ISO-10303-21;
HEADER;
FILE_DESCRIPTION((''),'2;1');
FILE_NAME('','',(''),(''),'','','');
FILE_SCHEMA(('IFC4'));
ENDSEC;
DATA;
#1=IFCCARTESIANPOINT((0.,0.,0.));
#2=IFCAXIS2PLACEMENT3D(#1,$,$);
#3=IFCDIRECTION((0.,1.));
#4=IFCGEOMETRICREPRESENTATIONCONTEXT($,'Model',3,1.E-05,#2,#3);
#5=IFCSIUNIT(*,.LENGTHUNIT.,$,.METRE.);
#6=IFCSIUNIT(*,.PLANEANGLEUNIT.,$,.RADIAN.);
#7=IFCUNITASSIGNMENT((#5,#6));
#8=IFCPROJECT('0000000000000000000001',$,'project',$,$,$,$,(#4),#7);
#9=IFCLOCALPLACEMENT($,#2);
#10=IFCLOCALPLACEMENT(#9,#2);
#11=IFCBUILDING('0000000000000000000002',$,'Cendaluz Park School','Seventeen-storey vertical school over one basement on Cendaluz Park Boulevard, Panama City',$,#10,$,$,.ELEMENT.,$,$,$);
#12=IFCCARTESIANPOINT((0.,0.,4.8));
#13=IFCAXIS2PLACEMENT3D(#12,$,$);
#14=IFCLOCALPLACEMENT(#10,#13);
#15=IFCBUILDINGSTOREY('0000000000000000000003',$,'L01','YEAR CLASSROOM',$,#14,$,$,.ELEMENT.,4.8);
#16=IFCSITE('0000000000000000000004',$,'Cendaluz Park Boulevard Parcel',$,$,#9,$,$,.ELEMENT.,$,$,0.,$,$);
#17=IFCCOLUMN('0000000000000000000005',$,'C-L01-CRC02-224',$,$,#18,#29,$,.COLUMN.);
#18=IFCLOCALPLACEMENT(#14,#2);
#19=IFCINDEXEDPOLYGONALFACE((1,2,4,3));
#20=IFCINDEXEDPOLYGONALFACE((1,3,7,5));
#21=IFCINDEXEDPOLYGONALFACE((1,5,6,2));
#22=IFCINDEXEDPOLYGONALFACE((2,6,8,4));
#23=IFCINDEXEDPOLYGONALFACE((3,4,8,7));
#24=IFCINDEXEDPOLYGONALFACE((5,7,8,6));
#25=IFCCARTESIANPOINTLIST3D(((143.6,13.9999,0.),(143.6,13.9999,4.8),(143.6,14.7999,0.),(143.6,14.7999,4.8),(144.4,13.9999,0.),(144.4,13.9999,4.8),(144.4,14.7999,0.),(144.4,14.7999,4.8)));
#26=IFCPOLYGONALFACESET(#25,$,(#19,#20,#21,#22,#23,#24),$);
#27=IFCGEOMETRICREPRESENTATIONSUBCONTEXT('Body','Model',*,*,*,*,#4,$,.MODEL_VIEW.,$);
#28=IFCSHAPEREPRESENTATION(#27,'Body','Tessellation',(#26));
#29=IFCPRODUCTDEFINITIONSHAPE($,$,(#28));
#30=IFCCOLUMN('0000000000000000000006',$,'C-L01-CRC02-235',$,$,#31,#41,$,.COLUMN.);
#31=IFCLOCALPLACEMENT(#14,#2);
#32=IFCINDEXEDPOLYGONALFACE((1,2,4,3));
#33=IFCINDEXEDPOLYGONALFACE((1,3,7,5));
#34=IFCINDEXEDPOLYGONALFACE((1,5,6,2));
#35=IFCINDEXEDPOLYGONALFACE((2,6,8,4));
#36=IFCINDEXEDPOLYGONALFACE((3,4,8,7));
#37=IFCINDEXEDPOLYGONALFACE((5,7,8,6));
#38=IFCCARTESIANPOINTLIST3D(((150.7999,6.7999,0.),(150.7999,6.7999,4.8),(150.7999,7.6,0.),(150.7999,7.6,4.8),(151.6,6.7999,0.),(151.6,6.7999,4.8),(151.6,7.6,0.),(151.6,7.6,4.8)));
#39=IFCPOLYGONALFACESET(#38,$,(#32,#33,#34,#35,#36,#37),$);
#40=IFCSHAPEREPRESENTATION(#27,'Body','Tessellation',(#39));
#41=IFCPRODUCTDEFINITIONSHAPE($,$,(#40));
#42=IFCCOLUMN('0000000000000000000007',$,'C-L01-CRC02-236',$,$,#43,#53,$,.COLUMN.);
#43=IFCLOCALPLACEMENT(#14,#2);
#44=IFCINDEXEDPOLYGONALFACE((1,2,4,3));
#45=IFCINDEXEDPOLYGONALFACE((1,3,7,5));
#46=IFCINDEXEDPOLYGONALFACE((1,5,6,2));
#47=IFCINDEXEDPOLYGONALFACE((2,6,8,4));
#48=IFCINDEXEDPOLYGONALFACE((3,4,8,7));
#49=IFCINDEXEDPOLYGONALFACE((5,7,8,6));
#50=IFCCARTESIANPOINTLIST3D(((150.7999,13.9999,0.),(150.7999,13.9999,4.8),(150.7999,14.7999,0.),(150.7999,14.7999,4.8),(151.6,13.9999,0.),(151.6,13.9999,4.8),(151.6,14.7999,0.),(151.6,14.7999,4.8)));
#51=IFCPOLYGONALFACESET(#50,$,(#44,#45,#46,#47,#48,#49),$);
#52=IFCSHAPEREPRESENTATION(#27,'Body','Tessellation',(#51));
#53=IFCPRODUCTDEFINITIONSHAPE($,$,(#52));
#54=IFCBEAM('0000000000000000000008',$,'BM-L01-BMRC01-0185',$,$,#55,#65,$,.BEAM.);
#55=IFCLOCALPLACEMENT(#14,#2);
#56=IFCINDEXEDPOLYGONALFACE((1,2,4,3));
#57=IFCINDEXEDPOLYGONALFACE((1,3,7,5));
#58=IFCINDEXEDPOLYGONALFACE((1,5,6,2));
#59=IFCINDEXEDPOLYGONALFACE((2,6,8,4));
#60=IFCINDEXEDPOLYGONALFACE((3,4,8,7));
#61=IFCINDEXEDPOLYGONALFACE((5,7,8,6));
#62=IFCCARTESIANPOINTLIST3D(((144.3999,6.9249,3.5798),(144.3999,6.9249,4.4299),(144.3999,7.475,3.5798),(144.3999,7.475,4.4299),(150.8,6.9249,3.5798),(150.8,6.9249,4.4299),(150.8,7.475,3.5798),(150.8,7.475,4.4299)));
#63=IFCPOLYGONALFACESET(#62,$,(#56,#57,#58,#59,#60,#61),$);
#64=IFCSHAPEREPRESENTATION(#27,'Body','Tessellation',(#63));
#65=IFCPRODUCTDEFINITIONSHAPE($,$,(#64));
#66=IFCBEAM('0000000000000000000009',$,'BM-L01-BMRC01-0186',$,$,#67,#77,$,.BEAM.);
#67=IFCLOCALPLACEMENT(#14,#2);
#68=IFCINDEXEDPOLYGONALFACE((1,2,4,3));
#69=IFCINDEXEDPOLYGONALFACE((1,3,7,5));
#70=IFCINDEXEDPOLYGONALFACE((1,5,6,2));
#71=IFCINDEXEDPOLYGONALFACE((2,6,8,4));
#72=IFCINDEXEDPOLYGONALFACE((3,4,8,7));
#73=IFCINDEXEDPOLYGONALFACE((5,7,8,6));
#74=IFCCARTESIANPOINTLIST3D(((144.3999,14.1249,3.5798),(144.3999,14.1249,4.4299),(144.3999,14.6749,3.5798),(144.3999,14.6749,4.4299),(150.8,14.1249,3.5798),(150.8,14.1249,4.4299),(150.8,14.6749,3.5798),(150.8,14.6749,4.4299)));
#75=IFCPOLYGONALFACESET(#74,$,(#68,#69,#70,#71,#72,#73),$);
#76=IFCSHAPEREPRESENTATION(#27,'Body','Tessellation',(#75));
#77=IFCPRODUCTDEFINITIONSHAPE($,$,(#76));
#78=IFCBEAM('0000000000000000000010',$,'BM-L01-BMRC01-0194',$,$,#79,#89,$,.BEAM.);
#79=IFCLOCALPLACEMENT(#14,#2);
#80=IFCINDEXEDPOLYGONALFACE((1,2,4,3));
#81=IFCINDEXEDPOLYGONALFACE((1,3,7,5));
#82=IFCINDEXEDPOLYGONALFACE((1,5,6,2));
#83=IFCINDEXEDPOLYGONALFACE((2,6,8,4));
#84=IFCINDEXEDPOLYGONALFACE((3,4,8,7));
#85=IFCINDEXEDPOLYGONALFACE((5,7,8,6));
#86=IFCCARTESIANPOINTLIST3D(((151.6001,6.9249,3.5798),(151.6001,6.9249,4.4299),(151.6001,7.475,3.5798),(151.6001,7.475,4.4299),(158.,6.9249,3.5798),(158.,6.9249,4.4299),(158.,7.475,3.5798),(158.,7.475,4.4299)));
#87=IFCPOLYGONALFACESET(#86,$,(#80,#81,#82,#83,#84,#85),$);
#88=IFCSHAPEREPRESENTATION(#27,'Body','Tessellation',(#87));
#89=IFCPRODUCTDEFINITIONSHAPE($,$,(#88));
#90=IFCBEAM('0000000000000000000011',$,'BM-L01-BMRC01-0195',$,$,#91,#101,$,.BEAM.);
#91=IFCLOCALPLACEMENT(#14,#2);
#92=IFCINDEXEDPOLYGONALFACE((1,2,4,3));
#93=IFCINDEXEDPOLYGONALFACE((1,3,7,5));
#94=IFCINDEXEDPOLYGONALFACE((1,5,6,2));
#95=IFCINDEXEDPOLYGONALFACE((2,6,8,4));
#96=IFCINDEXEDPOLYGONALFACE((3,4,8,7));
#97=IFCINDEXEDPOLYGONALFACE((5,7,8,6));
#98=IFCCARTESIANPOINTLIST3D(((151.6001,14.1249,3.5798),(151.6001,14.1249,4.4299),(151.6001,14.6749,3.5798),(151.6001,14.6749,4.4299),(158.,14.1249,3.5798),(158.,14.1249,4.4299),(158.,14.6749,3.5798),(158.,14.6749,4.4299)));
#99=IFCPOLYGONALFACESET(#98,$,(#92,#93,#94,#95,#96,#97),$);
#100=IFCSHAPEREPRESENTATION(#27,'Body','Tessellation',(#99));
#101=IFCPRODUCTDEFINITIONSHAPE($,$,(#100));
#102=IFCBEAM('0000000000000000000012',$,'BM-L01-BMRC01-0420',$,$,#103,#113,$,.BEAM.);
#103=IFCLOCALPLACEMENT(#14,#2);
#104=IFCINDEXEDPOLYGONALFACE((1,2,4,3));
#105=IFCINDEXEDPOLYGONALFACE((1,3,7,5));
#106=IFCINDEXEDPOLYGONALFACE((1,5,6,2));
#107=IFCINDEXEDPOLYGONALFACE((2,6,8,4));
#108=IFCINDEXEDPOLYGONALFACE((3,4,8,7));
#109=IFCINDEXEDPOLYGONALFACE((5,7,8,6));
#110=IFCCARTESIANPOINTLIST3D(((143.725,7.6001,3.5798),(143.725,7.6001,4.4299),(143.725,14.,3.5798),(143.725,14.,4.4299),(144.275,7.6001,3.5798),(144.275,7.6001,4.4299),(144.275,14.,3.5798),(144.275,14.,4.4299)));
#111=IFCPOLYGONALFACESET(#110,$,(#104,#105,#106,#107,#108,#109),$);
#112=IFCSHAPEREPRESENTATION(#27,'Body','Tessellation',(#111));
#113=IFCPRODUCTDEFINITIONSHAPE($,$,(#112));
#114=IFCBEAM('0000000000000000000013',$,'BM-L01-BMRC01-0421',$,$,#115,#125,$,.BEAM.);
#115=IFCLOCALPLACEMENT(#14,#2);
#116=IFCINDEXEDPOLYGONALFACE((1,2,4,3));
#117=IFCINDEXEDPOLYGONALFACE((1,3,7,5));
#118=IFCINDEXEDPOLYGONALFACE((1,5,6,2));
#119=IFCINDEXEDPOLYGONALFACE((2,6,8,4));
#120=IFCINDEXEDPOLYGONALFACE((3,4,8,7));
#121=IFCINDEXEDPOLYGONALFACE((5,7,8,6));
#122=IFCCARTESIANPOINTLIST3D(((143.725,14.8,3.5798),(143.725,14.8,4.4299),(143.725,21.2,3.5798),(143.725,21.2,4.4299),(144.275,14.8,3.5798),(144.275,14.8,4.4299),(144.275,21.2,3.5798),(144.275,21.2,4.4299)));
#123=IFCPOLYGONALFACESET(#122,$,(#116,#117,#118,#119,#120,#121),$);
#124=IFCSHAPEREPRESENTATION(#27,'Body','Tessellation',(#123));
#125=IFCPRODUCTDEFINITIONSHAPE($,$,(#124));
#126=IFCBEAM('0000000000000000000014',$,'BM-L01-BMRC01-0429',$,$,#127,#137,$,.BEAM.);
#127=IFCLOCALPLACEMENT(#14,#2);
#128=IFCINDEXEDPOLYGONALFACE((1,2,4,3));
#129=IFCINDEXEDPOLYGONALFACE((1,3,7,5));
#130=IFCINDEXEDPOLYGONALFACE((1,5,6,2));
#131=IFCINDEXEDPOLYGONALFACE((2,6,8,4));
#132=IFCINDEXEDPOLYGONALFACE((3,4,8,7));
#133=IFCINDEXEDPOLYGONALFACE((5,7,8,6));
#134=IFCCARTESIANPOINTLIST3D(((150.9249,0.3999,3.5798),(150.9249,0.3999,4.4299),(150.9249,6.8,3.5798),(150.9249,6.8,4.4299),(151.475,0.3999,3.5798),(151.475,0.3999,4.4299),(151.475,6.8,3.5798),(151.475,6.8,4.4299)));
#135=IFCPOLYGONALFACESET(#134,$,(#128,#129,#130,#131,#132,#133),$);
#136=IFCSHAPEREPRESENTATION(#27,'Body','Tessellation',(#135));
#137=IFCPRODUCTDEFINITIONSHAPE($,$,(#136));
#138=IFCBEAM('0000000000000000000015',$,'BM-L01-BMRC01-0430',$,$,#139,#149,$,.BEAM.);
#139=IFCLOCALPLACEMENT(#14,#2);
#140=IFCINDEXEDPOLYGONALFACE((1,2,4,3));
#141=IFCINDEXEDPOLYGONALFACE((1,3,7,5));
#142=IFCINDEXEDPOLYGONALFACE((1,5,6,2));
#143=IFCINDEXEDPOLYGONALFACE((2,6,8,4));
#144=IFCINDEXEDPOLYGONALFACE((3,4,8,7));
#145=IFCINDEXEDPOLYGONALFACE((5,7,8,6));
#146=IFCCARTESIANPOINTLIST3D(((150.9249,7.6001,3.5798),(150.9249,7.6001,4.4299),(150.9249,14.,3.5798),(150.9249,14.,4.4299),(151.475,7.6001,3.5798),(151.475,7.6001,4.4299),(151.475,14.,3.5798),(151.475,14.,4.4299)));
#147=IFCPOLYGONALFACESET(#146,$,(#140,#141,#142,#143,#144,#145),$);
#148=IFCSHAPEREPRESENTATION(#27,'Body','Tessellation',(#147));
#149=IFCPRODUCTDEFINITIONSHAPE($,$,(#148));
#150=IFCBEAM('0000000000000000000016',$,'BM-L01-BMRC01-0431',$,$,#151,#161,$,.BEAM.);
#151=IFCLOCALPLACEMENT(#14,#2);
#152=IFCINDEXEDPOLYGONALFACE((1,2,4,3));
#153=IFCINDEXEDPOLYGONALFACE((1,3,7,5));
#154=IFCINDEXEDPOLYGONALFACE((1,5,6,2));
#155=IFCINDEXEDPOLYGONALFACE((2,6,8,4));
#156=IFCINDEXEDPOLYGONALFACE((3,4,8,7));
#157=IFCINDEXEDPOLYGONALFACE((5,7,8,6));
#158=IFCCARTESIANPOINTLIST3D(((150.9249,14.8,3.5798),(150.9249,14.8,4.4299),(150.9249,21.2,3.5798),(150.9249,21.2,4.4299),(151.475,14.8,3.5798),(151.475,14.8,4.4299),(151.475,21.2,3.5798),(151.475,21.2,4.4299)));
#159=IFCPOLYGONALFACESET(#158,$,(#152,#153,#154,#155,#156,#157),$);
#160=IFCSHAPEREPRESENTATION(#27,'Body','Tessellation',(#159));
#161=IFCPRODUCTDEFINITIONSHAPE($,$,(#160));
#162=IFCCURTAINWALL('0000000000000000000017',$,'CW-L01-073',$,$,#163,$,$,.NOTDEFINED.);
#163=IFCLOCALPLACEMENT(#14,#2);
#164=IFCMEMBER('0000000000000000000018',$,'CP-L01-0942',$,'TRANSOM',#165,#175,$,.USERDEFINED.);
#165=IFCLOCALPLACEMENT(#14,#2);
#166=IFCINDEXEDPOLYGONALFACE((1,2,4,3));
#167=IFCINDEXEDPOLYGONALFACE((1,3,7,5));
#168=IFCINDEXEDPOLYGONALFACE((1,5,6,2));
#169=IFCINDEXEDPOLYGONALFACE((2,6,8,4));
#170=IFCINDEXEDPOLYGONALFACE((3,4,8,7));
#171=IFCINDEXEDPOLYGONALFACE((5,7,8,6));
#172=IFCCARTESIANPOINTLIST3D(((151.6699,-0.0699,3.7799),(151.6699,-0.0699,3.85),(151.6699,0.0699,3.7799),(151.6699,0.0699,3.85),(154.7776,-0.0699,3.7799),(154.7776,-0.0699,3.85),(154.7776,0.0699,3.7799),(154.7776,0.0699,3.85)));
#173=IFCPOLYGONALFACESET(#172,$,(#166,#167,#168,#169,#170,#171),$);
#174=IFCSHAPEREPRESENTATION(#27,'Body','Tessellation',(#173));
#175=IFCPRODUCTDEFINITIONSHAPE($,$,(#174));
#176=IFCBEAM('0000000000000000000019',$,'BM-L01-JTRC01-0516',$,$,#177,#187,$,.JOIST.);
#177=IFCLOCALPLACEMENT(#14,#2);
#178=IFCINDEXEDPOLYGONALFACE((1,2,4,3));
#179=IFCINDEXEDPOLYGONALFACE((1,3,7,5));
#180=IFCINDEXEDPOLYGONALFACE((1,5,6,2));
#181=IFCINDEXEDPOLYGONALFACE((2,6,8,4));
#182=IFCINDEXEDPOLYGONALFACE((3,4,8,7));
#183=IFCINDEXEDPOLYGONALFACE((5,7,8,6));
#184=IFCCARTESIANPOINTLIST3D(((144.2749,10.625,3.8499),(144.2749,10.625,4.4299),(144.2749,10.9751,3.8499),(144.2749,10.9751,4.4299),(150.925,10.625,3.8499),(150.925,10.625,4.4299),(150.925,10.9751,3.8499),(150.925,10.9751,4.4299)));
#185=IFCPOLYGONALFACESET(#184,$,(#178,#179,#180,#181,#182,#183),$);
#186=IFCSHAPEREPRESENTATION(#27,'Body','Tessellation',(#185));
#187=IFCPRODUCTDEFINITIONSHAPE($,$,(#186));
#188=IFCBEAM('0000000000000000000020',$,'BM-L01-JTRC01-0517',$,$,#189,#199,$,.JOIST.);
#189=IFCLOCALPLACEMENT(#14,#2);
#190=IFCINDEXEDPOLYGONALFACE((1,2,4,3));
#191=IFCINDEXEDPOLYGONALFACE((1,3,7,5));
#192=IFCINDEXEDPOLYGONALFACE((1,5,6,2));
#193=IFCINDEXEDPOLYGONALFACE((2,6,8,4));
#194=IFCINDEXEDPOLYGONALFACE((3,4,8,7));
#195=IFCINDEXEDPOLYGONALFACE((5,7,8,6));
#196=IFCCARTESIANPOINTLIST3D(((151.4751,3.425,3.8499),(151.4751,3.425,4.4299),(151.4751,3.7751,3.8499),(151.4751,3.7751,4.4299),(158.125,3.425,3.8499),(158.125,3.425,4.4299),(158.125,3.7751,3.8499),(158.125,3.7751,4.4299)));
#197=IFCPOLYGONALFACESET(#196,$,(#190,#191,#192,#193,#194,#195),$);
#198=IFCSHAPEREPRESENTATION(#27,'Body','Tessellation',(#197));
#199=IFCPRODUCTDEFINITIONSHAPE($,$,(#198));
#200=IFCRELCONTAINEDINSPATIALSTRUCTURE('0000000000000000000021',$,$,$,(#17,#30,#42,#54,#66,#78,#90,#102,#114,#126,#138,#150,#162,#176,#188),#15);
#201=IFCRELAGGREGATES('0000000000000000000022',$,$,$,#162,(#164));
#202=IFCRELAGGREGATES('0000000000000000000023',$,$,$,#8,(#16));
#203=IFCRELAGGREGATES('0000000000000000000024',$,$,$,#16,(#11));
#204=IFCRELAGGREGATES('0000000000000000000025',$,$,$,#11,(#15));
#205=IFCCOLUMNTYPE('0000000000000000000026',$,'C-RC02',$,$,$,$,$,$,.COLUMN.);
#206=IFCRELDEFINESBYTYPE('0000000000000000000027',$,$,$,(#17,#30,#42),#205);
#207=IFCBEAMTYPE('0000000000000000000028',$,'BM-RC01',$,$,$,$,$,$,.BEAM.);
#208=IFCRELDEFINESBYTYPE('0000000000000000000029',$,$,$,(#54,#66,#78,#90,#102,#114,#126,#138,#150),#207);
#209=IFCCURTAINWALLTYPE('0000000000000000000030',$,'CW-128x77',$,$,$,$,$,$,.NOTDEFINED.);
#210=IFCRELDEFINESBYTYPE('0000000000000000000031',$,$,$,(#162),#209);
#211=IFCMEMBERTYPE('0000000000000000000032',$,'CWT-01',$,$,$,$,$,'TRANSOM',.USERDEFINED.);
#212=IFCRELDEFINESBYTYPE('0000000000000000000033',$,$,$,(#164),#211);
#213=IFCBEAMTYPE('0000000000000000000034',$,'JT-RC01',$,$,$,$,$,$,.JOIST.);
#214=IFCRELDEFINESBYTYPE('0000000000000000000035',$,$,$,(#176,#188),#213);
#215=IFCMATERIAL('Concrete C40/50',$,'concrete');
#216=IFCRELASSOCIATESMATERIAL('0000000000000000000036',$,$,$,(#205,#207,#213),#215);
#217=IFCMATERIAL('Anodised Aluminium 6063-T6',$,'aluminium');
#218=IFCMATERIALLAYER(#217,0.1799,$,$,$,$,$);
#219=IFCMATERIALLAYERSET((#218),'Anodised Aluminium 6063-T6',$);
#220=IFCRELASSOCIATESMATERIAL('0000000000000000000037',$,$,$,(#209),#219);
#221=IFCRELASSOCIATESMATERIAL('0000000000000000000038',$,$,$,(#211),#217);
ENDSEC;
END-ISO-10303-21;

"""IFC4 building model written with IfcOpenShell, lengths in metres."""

from ifc_helpers import new_model, si_unit, direction, frame, origin, origin_2d, place, context, subcontext, project, spatial, rectangle, extrude, material, layer, layer_set, material_profile, profile_set, type_object, element, aggregate, save


model = new_model("IFC4")

# Units and contexts
model_context = context("Model", 3, precision=1e-05, world=origin(), true_north=direction((0.0, 1.0)))
body_context = subcontext(model_context, "Body", "Model", "MODEL_VIEW")
ifc_project = project(units=[si_unit("LENGTHUNIT", "METRE"), si_unit("PLANEANGLEUNIT", "RADIAN")], contexts=[model_context])

# Site, building, storey
site_placement = place(None, origin())
site = spatial("IfcSite", under=ifc_project, at=site_placement, Name="Cendaluz Park Boulevard Parcel", CompositionType="ELEMENT", RefElevation=0.0)
building_placement = place(site_placement, origin())
building = spatial("IfcBuilding", under=site, at=building_placement, Name="Cendaluz Park School", Description="Seventeen-storey vertical school over one basement on Cendaluz Park Boulevard, Panama City", CompositionType="ELEMENT")
storey_placement = place(building_placement, frame((0.0, 0.0, 4.8)))
storey = spatial("IfcBuildingStorey", under=building, at=storey_placement, Name="L01", Description="YEAR CLASSROOM", CompositionType="ELEMENT", Elevation=4.8)

# Columns
ifc_material_1 = material(Name="Concrete C40/50", Category="concrete")
ifc_material_profile_1 = material_profile(ifc_material_1, rectangle(XDim=0.8, YDim=0.8, at=origin_2d()), Name="RC 800x800", Category="concrete")
ifc_profile_set_1 = profile_set([ifc_material_profile_1], Name="Concrete C40/50")
column_type = type_object("IfcColumnType", Name="C-RC02", PredefinedType="COLUMN", material=ifc_profile_set_1)
for number, where, z_axis, x_axis, name in (
    (1, (144.0, 14.3999, 0.0), (0.0, 0.0, 1.0), (1.0, 0.0, 0.0), "C-L01-CRC02-224"),
    (2, (151.2, 7.2, 0.0), (0.0, 0.0, 1.0), (1.0, 0.0, 0.0), "C-L01-CRC02-235"),
    (3, (151.2, 14.3999, 0.0), (0.0, 0.0, 1.0), (1.0, 0.0, 0.0), "C-L01-CRC02-236"),
):
    element("IfcColumn", number, at=place(storey_placement, frame(where, z_axis=z_axis, x_axis=x_axis)), inside=storey, type_object=column_type, Name=name, PredefinedType="COLUMN", context=body_context, shape_type="SweptSolid", body=[
        extrude(rectangle(XDim=0.8, YDim=0.8, at=origin_2d()), origin(), (0.0, 0.0, 1.0), 4.8),
    ])

# Beams
ifc_material_profile_2 = material_profile(ifc_material_1, rectangle(XDim=0.55, YDim=0.8501, at=origin_2d()), Name="RC 550x850", Category="concrete")
ifc_profile_set_2 = profile_set([ifc_material_profile_2], Name="Concrete C40/50")
beam_type_1 = type_object("IfcBeamType", Name="BM-RC01", PredefinedType="BEAM", material=ifc_profile_set_2)
for number, where, z_axis, x_axis, name in (
    (4, (144.3999, 7.2, 4.0049), (1.0, 0.0, 0.0), (0.0, 1.0, 0.0), "BM-L01-BMRC01-0185"),
    (5, (144.3999, 14.3999, 4.0049), (1.0, 0.0, 0.0), (0.0, 1.0, 0.0), "BM-L01-BMRC01-0186"),
):
    element("IfcBeam", number, at=place(storey_placement, frame(where, z_axis=z_axis, x_axis=x_axis)), inside=storey, type_object=beam_type_1, Name=name, PredefinedType="BEAM", context=body_context, shape_type="SweptSolid", body=[
        extrude(rectangle(XDim=0.55, YDim=0.8501, at=origin_2d()), origin(), (0.0, 0.0, 1.0), 6.4001),
    ])
for number, where, z_axis, x_axis, name in (
    (6, (151.6001, 7.2, 4.0049), (1.0, 0.0, 0.0), (0.0, 1.0, 0.0), "BM-L01-BMRC01-0194"),
    (7, (151.6001, 14.3999, 4.0049), (1.0, 0.0, 0.0), (0.0, 1.0, 0.0), "BM-L01-BMRC01-0195"),
    (8, (144.0, 7.6001, 4.0049), (0.0, 1.0, 0.0), (-1.0, 0.0, 0.0), "BM-L01-BMRC01-0420"),
    (9, (144.0, 14.8, 4.0049), (0.0, 1.0, 0.0), (-1.0, 0.0, 0.0), "BM-L01-BMRC01-0421"),
):
    element("IfcBeam", number, at=place(storey_placement, frame(where, z_axis=z_axis, x_axis=x_axis)), inside=storey, type_object=beam_type_1, Name=name, PredefinedType="BEAM", context=body_context, shape_type="SweptSolid", body=[
        extrude(rectangle(XDim=0.55, YDim=0.8501, at=origin_2d()), origin(), (0.0, 0.0, 1.0), 6.3999),
    ])
beam_1_placement = place(storey_placement, frame((151.2, 0.3999, 4.0049), z_axis=(0.0, 1.0, 0.0), x_axis=(-1.0, 0.0, 0.0)))
element("IfcBeam", 10, at=beam_1_placement, inside=storey, type_object=beam_type_1, Name="BM-L01-BMRC01-0429", PredefinedType="BEAM", context=body_context, shape_type="SweptSolid", body=[
    extrude(rectangle(XDim=0.55, YDim=0.8501, at=origin_2d()), origin(), (0.0, 0.0, 1.0), 6.4001),
])
for number, where, z_axis, x_axis, name in (
    (11, (151.2, 7.6001, 4.0049), (0.0, 1.0, 0.0), (-1.0, 0.0, 0.0), "BM-L01-BMRC01-0430"),
    (12, (151.2, 14.8, 4.0049), (0.0, 1.0, 0.0), (-1.0, 0.0, 0.0), "BM-L01-BMRC01-0431"),
):
    element("IfcBeam", number, at=place(storey_placement, frame(where, z_axis=z_axis, x_axis=x_axis)), inside=storey, type_object=beam_type_1, Name=name, PredefinedType="BEAM", context=body_context, shape_type="SweptSolid", body=[
        extrude(rectangle(XDim=0.55, YDim=0.8501, at=origin_2d()), origin(), (0.0, 0.0, 1.0), 6.3999),
    ])

# Curtain wall, member
ifc_material_2 = material(Name="Anodised Aluminium 6063-T6", Category="aluminium")
ifc_layer_1 = layer(ifc_material_2, 0.1799)
ifc_layer_set_1 = layer_set([ifc_layer_1], Name="Anodised Aluminium 6063-T6")
curtain_wall_type = type_object("IfcCurtainWallType", Name="CW-128x77", PredefinedType="NOTDEFINED", material=ifc_layer_set_1)
curtain_wall_placement = place(storey_placement, origin())
curtain_wall = element("IfcCurtainWall", 13, at=curtain_wall_placement, inside=storey, type_object=curtain_wall_type, Name="CW-L01-073", PredefinedType="NOTDEFINED")
ifc_material_profile_3 = material_profile(ifc_material_2, rectangle(XDim=0.1399, YDim=0.0701, at=origin_2d()), Name="CWT 140x70", Category="aluminium")
ifc_profile_set_3 = profile_set([ifc_material_profile_3], Name="Anodised Aluminium 6063-T6")
member_type = type_object("IfcMemberType", Name="CWT-01", ElementType="TRANSOM", PredefinedType="USERDEFINED", material=ifc_profile_set_3)
member_placement = place(storey_placement, frame((151.6699, 0.0, 3.8149), z_axis=(1.0, 0.0, 0.0), x_axis=(0.0, 1.0, 0.0)))
member = element("IfcMember", 14, at=member_placement, type_object=member_type, Name="CP-L01-0942", ObjectType="TRANSOM", PredefinedType="USERDEFINED", context=body_context, shape_type="SweptSolid", body=[
    extrude(rectangle(XDim=0.1399, YDim=0.0701, at=origin_2d()), origin(), (0.0, 0.0, 1.0), 3.1077),
])
aggregate(curtain_wall, [member])

# Beams
ifc_material_profile_4 = material_profile(ifc_material_1, rectangle(XDim=0.3501, YDim=0.5801, at=origin_2d()), Name="RC 350x580", Category="concrete")
ifc_profile_set_4 = profile_set([ifc_material_profile_4], Name="Concrete C40/50")
beam_type_2 = type_object("IfcBeamType", Name="JT-RC01", PredefinedType="JOIST", material=ifc_profile_set_4)
beam_2_placement = place(storey_placement, frame((144.2749, 10.8, 4.1399), z_axis=(1.0, 0.0, 0.0), x_axis=(0.0, 1.0, 0.0)))
element("IfcBeam", 15, at=beam_2_placement, inside=storey, type_object=beam_type_2, Name="BM-L01-JTRC01-0516", PredefinedType="JOIST", context=body_context, shape_type="SweptSolid", body=[
    extrude(rectangle(XDim=0.3501, YDim=0.5801, at=origin_2d()), origin(), (0.0, 0.0, 1.0), 6.6501),
])
beam_3_placement = place(storey_placement, frame((151.4751, 3.6001, 4.1399), z_axis=(1.0, 0.0, 0.0), x_axis=(0.0, 1.0, 0.0)))
element("IfcBeam", 16, at=beam_3_placement, inside=storey, type_object=beam_type_2, Name="BM-L01-JTRC01-0517", PredefinedType="JOIST", context=body_context, shape_type="SweptSolid", body=[
    extrude(rectangle(XDim=0.3501, YDim=0.5801, at=origin_2d()), origin(), (0.0, 0.0, 1.0), 6.6499),
])

save(model, "model.ifc")
